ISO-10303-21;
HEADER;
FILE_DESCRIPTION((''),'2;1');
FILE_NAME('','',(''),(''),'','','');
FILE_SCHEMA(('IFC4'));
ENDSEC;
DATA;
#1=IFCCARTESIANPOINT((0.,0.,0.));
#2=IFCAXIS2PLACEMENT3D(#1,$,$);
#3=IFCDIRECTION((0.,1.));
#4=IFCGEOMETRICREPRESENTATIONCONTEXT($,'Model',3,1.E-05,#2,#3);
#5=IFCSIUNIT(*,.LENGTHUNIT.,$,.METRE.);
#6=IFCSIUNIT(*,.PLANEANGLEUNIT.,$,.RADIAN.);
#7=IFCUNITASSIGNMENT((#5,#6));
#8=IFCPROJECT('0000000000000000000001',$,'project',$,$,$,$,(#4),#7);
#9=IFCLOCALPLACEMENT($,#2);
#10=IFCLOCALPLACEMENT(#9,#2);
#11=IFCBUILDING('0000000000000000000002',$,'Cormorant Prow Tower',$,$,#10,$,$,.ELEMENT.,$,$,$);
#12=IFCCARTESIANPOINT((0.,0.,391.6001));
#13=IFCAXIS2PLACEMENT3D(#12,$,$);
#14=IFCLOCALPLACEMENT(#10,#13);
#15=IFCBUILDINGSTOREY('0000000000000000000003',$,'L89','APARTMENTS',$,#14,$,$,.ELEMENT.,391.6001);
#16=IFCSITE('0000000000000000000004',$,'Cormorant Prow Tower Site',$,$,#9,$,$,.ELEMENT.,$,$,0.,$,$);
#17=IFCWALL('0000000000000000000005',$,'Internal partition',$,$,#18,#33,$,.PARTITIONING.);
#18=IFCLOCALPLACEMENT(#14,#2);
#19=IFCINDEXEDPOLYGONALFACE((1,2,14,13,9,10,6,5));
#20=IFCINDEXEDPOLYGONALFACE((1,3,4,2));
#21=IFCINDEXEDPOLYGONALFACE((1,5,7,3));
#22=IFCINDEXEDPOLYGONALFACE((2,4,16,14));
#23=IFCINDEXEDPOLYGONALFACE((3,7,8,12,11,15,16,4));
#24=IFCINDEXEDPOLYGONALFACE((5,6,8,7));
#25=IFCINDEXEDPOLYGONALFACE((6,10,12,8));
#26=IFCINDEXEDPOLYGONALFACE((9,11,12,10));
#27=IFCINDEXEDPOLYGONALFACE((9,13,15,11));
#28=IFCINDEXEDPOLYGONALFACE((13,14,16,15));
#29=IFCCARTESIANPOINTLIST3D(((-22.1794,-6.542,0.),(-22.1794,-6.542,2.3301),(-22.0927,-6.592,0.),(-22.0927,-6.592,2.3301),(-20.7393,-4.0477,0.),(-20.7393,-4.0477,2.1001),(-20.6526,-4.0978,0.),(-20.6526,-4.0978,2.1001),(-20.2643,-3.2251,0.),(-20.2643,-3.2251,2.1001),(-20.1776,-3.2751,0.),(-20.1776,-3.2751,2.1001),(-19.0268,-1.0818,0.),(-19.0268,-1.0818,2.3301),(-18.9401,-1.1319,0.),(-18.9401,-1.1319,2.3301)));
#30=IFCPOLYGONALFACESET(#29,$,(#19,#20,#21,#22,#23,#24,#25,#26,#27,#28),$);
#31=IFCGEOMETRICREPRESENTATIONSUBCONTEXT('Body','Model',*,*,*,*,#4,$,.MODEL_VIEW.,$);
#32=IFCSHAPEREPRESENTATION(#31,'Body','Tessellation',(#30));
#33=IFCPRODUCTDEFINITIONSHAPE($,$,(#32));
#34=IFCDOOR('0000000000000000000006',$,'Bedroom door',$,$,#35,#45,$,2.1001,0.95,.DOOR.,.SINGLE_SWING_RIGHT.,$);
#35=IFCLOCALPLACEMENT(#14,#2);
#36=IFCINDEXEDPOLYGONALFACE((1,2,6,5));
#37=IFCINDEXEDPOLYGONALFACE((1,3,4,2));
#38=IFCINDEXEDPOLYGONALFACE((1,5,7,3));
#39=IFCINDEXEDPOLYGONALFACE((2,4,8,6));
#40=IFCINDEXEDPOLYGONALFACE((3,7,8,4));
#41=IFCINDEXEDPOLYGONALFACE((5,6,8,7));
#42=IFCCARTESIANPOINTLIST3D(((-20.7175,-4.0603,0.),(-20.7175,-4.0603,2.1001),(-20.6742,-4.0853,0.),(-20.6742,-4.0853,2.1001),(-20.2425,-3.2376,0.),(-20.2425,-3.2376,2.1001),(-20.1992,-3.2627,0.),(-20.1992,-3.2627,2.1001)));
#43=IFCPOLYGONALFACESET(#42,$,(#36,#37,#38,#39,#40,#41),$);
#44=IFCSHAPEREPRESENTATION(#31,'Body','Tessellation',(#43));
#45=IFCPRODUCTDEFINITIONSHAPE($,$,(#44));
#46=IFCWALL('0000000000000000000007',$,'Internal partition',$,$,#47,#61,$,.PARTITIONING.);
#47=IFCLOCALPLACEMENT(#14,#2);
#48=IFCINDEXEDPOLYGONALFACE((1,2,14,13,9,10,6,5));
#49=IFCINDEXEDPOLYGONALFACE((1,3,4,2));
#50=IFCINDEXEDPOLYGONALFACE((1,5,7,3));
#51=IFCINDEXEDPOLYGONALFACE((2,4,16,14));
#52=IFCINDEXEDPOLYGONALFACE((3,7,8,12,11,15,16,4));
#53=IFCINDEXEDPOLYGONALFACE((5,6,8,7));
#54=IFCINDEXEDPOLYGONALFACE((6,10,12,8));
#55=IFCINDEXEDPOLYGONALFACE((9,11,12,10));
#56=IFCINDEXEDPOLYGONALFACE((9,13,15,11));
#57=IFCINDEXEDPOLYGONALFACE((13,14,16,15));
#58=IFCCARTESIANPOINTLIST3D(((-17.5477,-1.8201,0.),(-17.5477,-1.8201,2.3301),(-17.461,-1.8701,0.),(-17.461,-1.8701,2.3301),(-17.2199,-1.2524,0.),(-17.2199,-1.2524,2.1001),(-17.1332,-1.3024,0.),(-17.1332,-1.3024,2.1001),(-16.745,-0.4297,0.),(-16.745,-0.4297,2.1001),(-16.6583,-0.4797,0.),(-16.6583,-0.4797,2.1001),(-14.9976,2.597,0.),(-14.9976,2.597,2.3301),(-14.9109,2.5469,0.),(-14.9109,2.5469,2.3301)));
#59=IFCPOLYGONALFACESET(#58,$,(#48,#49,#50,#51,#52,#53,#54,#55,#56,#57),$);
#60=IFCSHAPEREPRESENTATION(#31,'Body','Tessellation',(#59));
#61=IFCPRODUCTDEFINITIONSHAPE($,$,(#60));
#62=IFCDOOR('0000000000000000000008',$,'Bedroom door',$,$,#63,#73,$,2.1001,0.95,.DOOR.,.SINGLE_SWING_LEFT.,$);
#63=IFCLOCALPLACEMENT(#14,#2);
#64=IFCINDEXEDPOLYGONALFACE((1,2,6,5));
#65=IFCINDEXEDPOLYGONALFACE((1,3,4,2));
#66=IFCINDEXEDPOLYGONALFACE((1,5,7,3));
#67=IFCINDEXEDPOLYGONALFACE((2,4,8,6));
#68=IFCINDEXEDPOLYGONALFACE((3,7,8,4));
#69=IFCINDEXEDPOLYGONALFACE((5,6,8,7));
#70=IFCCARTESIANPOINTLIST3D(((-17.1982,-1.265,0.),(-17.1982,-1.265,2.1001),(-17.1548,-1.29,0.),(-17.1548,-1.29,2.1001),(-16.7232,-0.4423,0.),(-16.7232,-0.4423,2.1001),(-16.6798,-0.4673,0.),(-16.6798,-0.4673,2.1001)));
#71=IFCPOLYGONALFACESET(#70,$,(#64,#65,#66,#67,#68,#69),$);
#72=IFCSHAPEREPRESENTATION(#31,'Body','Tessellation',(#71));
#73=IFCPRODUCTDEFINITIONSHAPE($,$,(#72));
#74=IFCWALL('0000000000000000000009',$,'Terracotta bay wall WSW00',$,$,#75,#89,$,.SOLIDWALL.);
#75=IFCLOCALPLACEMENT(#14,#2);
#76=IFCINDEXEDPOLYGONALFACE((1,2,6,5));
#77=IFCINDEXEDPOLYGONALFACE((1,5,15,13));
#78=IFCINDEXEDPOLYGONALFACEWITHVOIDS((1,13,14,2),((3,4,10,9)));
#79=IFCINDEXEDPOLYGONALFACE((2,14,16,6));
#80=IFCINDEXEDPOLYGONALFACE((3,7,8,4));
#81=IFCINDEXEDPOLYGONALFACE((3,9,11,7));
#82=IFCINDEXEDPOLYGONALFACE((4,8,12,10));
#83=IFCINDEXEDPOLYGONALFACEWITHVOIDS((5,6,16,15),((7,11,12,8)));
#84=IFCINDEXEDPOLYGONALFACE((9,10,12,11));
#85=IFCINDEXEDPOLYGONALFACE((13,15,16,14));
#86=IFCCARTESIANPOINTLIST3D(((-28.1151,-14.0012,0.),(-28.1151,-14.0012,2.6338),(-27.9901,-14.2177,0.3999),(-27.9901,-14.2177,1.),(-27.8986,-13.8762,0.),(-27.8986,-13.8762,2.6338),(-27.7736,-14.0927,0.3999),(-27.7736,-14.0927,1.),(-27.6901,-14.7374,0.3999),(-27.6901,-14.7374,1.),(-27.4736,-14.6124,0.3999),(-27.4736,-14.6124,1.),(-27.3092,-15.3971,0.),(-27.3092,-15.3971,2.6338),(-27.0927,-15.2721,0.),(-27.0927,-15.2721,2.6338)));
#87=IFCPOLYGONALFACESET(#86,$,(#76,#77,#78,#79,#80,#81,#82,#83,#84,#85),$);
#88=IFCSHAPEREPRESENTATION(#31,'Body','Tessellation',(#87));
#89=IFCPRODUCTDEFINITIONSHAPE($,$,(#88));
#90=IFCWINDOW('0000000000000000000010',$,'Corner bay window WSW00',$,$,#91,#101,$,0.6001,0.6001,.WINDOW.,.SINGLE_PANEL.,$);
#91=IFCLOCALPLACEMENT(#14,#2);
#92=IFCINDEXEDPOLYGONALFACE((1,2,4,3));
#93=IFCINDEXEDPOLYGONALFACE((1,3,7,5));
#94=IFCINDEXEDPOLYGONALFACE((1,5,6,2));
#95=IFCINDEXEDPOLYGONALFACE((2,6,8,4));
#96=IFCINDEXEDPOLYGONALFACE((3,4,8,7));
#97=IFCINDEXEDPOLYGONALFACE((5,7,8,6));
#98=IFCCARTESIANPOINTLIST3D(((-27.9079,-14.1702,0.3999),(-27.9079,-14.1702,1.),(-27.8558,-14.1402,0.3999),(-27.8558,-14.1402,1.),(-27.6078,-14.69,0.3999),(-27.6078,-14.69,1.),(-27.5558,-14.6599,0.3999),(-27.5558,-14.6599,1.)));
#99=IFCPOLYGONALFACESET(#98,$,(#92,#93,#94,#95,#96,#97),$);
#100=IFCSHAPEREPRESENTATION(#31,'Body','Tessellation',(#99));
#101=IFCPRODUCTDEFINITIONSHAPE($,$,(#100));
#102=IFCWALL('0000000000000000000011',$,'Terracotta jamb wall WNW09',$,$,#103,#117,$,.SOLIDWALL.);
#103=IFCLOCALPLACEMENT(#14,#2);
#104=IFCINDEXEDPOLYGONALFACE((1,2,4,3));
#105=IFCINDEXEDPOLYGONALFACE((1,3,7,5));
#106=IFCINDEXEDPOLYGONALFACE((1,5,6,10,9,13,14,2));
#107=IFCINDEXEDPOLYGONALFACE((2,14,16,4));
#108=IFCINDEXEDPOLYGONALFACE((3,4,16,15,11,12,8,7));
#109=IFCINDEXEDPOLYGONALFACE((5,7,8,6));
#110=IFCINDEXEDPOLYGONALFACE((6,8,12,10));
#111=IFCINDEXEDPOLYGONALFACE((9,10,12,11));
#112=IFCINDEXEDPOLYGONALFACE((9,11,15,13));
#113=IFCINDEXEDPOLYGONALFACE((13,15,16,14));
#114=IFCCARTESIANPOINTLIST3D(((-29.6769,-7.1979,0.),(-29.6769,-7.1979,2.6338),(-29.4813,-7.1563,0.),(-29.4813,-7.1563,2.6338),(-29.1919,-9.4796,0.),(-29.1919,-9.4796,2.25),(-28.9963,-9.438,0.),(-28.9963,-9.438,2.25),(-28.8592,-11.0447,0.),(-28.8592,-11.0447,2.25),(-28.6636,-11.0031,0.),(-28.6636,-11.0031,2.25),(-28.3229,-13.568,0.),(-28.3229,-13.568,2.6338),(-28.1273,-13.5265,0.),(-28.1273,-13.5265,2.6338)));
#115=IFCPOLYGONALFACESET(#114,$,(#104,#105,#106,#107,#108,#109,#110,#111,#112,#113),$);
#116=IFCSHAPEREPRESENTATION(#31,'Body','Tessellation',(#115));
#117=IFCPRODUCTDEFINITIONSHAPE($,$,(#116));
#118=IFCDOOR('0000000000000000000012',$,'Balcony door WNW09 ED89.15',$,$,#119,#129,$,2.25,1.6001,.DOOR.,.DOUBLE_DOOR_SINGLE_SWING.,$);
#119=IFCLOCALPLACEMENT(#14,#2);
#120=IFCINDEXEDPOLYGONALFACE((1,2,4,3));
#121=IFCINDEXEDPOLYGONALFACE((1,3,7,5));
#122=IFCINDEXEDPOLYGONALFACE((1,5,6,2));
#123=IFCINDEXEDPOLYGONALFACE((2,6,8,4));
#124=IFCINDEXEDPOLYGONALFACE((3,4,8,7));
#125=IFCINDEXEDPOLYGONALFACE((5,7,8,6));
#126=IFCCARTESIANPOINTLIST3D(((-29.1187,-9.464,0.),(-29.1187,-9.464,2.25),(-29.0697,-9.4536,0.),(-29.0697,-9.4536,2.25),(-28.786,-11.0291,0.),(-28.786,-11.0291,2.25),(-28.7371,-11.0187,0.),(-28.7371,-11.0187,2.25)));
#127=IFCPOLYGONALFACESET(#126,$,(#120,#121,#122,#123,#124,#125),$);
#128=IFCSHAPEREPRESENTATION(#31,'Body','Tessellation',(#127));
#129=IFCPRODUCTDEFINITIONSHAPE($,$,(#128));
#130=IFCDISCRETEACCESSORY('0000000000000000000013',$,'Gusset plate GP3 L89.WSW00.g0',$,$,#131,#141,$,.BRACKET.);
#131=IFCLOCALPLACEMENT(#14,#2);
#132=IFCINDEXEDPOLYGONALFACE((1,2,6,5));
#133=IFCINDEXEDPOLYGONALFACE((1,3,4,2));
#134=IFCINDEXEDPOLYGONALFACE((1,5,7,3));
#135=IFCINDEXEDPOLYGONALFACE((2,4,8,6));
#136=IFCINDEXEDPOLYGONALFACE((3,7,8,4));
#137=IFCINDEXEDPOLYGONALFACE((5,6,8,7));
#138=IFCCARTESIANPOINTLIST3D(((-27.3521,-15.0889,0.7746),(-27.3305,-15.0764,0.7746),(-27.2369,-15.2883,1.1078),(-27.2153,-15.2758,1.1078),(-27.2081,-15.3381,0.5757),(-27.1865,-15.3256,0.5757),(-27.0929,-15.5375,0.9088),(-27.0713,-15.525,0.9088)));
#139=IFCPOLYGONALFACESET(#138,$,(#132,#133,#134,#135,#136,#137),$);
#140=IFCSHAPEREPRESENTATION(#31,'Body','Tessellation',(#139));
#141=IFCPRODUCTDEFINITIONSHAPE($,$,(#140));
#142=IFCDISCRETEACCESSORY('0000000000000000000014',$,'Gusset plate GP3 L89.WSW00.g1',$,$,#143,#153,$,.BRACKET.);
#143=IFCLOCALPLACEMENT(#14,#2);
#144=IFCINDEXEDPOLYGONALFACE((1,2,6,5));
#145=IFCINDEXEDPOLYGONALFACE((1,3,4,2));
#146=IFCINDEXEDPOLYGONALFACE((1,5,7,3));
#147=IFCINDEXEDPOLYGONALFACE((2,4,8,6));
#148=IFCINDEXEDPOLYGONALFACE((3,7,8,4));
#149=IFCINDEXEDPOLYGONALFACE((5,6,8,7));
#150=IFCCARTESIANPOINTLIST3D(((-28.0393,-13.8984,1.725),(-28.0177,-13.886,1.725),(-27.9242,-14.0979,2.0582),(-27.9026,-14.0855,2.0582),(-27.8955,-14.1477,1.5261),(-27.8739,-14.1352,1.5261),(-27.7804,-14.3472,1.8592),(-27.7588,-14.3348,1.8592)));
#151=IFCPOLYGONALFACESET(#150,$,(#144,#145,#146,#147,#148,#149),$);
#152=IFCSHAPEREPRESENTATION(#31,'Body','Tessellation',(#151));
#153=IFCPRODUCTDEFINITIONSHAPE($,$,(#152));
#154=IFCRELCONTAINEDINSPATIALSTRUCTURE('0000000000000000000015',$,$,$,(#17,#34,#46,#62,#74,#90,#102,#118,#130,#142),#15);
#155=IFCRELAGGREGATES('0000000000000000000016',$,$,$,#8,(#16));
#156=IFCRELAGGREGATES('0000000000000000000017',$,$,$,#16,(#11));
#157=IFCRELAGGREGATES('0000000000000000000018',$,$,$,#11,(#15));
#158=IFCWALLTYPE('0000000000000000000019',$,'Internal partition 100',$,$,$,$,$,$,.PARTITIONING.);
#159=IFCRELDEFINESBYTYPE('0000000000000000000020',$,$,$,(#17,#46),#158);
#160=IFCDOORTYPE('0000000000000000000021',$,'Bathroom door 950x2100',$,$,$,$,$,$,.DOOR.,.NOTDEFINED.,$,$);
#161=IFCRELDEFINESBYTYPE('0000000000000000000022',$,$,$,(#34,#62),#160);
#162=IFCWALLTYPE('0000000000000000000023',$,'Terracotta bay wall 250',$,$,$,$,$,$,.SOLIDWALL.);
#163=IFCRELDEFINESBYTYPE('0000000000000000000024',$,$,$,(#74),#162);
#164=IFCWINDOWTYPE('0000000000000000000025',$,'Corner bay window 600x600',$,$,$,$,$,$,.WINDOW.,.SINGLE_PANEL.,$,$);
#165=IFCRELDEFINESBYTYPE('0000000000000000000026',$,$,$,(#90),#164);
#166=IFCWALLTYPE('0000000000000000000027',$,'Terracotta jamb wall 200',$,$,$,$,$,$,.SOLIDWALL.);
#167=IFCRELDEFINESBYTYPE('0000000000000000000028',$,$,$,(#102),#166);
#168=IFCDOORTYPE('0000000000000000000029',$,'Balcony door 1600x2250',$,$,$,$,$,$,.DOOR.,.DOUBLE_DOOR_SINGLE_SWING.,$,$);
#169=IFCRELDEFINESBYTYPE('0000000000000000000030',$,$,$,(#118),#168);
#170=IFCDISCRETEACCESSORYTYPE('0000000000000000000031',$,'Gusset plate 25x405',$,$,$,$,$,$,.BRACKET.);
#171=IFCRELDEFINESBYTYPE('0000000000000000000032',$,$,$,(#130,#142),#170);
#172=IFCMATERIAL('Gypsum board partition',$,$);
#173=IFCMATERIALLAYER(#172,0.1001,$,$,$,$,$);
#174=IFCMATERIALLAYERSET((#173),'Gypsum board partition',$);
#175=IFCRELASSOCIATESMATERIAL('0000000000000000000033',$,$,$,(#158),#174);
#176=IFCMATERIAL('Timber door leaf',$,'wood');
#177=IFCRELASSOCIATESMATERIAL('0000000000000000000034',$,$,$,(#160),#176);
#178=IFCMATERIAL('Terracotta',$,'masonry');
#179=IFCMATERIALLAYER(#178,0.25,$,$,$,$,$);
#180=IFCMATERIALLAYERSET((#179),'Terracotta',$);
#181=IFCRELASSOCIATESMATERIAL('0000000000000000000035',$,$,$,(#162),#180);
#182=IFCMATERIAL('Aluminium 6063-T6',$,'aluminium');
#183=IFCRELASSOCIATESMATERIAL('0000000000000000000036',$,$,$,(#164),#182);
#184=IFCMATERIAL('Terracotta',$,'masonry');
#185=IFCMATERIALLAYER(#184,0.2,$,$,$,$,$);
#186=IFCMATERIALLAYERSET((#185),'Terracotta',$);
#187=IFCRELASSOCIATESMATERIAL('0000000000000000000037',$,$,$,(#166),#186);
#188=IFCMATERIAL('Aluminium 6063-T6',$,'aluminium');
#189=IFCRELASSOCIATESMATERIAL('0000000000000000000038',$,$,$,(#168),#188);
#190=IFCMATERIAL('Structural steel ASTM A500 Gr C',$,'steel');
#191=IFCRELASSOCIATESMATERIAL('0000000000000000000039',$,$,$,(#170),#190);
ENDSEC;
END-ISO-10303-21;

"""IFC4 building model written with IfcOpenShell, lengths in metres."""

from ifc_helpers import new_model, si_unit, direction, frame, frame_2d, origin, origin_2d, place, context, subcontext, project, spatial, rectangle, extrude, material, layer, layer_set, material_profile, profile_set, type_object, element, fill, save


model = new_model("IFC4")

# Units and contexts
model_context = context("Model", 3, precision=1e-05, world=origin(), true_north=direction((0.0, 1.0)))
body_context = subcontext(model_context, "Body", "Model", "MODEL_VIEW")
ifc_project = project(units=[si_unit("LENGTHUNIT", "METRE"), si_unit("PLANEANGLEUNIT", "RADIAN")], contexts=[model_context])

# Site, building, storey
site_placement = place(None, origin())
site = spatial("IfcSite", under=ifc_project, at=site_placement, Name="Cormorant Prow Tower Site", CompositionType="ELEMENT", RefElevation=0.0)
building_placement = place(site_placement, origin())
building = spatial("IfcBuilding", under=site, at=building_placement, Name="Cormorant Prow Tower", CompositionType="ELEMENT")
storey_placement = place(building_placement, frame((0.0, 0.0, 391.6001)))
storey = spatial("IfcBuildingStorey", under=building, at=storey_placement, Name="L89", Description="APARTMENTS", CompositionType="ELEMENT", Elevation=391.6001)

# Walls, openings, doors
ifc_material_1 = material(Name="Gypsum board partition")
ifc_layer_1 = layer(ifc_material_1, 0.1001)
ifc_layer_set_1 = layer_set([ifc_layer_1], Name="Gypsum board partition")
wall_type_1 = type_object("IfcWallType", Name="Internal partition 100", PredefinedType="PARTITIONING", material=ifc_layer_set_1)
wall_1_placement = place(storey_placement, frame((-22.136, -6.5669, 0.0), z_axis=(0.0, 0.0, 1.0), x_axis=(0.500016, 0.866016, 0.0)))
wall_1 = element("IfcWall", 1, at=wall_1_placement, inside=storey, type_object=wall_type_1, Name="Internal partition", PredefinedType="PARTITIONING", context=body_context, shape_type="SweptSolid", body=[
    extrude(rectangle(XDim=6.3049, YDim=0.1001, at=frame_2d((3.1523, 0.0))), origin(), (0.0, 0.0, 1.0), 2.3301),
])
opening_1_placement = place(wall_1_placement, frame((2.8799, 0.0, 0.0)))
opening_1 = element("IfcOpeningElement", 2, at=opening_1_placement, cuts=wall_1, PredefinedType="OPENING", context=body_context, shape_type="SweptSolid", body=[
    extrude(rectangle(XDim=0.95, YDim=2.1001, at=frame_2d((0.4751, 1.05))), frame((0.0, 0.0601, 0.0), z_axis=(0.0, -1.0, 0.0), x_axis=(1.0, 0.0, 0.0)), (0.0, 0.0, 1.0), 0.1201),
])
ifc_material_2 = material(Name="Timber door leaf", Category="wood")
door_type_1 = type_object("IfcDoorType", Name="Bathroom door 950x2100", OperationType="NOTDEFINED", PredefinedType="DOOR", material=ifc_material_2)
door_1_placement = place(opening_1_placement, origin())
door_1 = element("IfcDoor", 3, at=door_1_placement, inside=storey, type_object=door_type_1, Name="Bedroom door", OperationType="SINGLE_SWING_RIGHT", OverallHeight=2.1001, OverallWidth=0.95, PredefinedType="DOOR", context=body_context, shape_type="SweptSolid", body=[
    extrude(rectangle(XDim=0.95, YDim=2.1001, at=frame_2d((0.4751, 1.05))), frame((0.0, 0.0249, 0.0), z_axis=(0.0, -1.0, 0.0), x_axis=(1.0, 0.0, 0.0)), (0.0, 0.0, 1.0), 0.05),
])
fill(opening_1, door_1)
wall_2_placement = place(storey_placement, frame((-17.5044, -1.8452, 0.0), z_axis=(0.0, 0.0, 1.0), x_axis=(0.499985, 0.866034, 0.0)))
wall_2 = element("IfcWall", 4, at=wall_2_placement, inside=storey, type_object=wall_type_1, Name="Internal partition", PredefinedType="PARTITIONING", context=body_context, shape_type="SweptSolid", body=[
    extrude(rectangle(XDim=5.1003, YDim=0.1001, at=frame_2d((2.5503, 0.0))), origin(), (0.0, 0.0, 1.0), 2.3301),
])
opening_2_placement = place(wall_2_placement, frame((0.6555, 0.0, 0.0)))
opening_2 = element("IfcOpeningElement", 5, at=opening_2_placement, cuts=wall_2, PredefinedType="OPENING", context=body_context, shape_type="SweptSolid", body=[
    extrude(rectangle(XDim=0.95, YDim=2.1001, at=frame_2d((0.4751, 1.05))), frame((0.0, 0.0601, 0.0), z_axis=(0.0, -1.0, 0.0), x_axis=(1.0, 0.0, 0.0)), (0.0, 0.0, 1.0), 0.1201),
])
door_2_placement = place(opening_2_placement, origin())
door_2 = element("IfcDoor", 6, at=door_2_placement, inside=storey, type_object=door_type_1, Name="Bedroom door", OperationType="SINGLE_SWING_LEFT", OverallHeight=2.1001, OverallWidth=0.95, PredefinedType="DOOR", context=body_context, shape_type="SweptSolid", body=[
    extrude(rectangle(XDim=0.95, YDim=2.1001, at=frame_2d((0.4751, 1.05))), frame((0.0, 0.0249, 0.0), z_axis=(0.0, -1.0, 0.0), x_axis=(1.0, 0.0, 0.0)), (0.0, 0.0, 1.0), 0.05),
])
fill(opening_2, door_2)

# Wall, opening, window
ifc_material_3 = material(Name="Terracotta", Category="masonry")
ifc_layer_2 = layer(ifc_material_3, 0.25)
ifc_layer_set_2 = layer_set([ifc_layer_2], Name="Terracotta")
wall_type_2 = type_object("IfcWallType", Name="Terracotta bay wall 250", PredefinedType="SOLIDWALL", material=ifc_layer_set_2)
wall_3_placement = place(storey_placement, frame((-28.0068, -13.9387, 0.0), z_axis=(0.0, 0.0, 1.0), x_axis=(0.499967, -0.866044, 0.0)))
wall_3 = element("IfcWall", 7, at=wall_3_placement, inside=storey, type_object=wall_type_2, Name="Terracotta bay wall WSW00", PredefinedType="SOLIDWALL", context=body_context, shape_type="SweptSolid", body=[
    extrude(rectangle(XDim=1.6118, YDim=0.25, at=frame_2d((0.8059, 0.0))), origin(), (0.0, 0.0, 1.0), 2.6338),
])
opening_3_placement = place(wall_3_placement, frame((0.25, 0.0, 0.3999)))
opening_3 = element("IfcOpeningElement", 8, at=opening_3_placement, cuts=wall_3, PredefinedType="OPENING", context=body_context, shape_type="SweptSolid", body=[
    extrude(rectangle(XDim=0.6001, YDim=0.6001, at=frame_2d((0.3, 0.3))), frame((0.0, 0.135, 0.0), z_axis=(0.0, -1.0, 0.0), x_axis=(1.0, 0.0, 0.0)), (0.0, 0.0, 1.0), 0.27),
])
ifc_material_4 = material(Name="Aluminium 6063-T6", Category="aluminium")
window_type = type_object("IfcWindowType", Name="Corner bay window 600x600", PartitioningType="SINGLE_PANEL", PredefinedType="WINDOW", material=ifc_material_4)
window_placement = place(opening_3_placement, origin())
window = element("IfcWindow", 9, at=window_placement, inside=storey, type_object=window_type, Name="Corner bay window WSW00", OverallHeight=0.6001, OverallWidth=0.6001, PartitioningType="SINGLE_PANEL", PredefinedType="WINDOW", context=body_context, shape_type="SweptSolid", body=[
    extrude(rectangle(XDim=0.6001, YDim=0.6001, at=frame_2d((0.3, 0.3))), frame((0.0, 0.03, 0.0), z_axis=(0.0, -1.0, 0.0), x_axis=(1.0, 0.0, 0.0)), (0.0, 0.0, 1.0), 0.0601),
])
fill(opening_3, window)

# Wall, opening, door
ifc_material_5 = material(Name="Terracotta", Category="masonry")
ifc_layer_3 = layer(ifc_material_5, 0.2)
ifc_layer_set_3 = layer_set([ifc_layer_3], Name="Terracotta")
wall_type_3 = type_object("IfcWallType", Name="Terracotta jamb wall 200", PredefinedType="SOLIDWALL", material=ifc_layer_set_3)
wall_4_placement = place(storey_placement, frame((-29.5791, -7.177, 0.0), z_axis=(0.0, 0.0, 1.0), x_axis=(0.207911, -0.978148, 0.0)))
wall_4 = element("IfcWall", 10, at=wall_4_placement, inside=storey, type_object=wall_type_3, Name="Terracotta jamb wall WNW09", PredefinedType="SOLIDWALL", context=body_context, shape_type="SweptSolid", body=[
    extrude(rectangle(XDim=6.5125, YDim=0.2, at=frame_2d((3.2563, 0.0))), origin(), (0.0, 0.0, 1.0), 2.6338),
])
opening_4_placement = place(wall_4_placement, frame((2.3328, 0.0, 0.0)))
opening_4 = element("IfcOpeningElement", 11, at=opening_4_placement, cuts=wall_4, PredefinedType="OPENING", context=body_context, shape_type="SweptSolid", body=[
    extrude(rectangle(XDim=1.6001, YDim=2.25, at=frame_2d((0.8, 1.125))), frame((0.0, 0.1099, 0.0), z_axis=(0.0, -1.0, 0.0), x_axis=(1.0, 0.0, 0.0)), (0.0, 0.0, 1.0), 0.22),
])
ifc_material_6 = material(Name="Aluminium 6063-T6", Category="aluminium")
door_type_2 = type_object("IfcDoorType", Name="Balcony door 1600x2250", OperationType="DOUBLE_DOOR_SINGLE_SWING", PredefinedType="DOOR", material=ifc_material_6)
door_3_placement = place(opening_4_placement, origin())
door_3 = element("IfcDoor", 12, at=door_3_placement, inside=storey, type_object=door_type_2, Name="Balcony door WNW09 ED89.15", OperationType="DOUBLE_DOOR_SINGLE_SWING", OverallHeight=2.25, OverallWidth=1.6001, PredefinedType="DOOR", context=body_context, shape_type="SweptSolid", body=[
    extrude(rectangle(XDim=1.6001, YDim=2.25, at=frame_2d((0.8, 1.125))), frame((0.0, 0.0249, 0.0), z_axis=(0.0, -1.0, 0.0), x_axis=(1.0, 0.0, 0.0)), (0.0, 0.0, 1.0), 0.05),
])
fill(opening_4, door_3)

# Discrete accessories
ifc_material_7 = material(Name="Structural steel ASTM A500 Gr C", Category="steel")
ifc_material_profile_1 = material_profile(ifc_material_7, rectangle(XDim=0.0249, YDim=0.405, at=origin_2d()), Name="Gusset plate 25x405")
ifc_profile_set_1 = profile_set([ifc_material_profile_1], Name="Structural steel ASTM A500 Gr C")
discrete_accessory_type = type_object("IfcDiscreteAccessoryType", Name="Gusset plate 25x405", PredefinedType="BRACKET", material=ifc_profile_set_1)
for number, where, z_axis, x_axis, name in (
    (13, (-27.2837, -15.1824, 0.9412), (0.411596, -0.71227, -0.56856), (0.865832, 0.500334, 0.0), "Gusset plate GP3 L89.WSW00.g0"),
    (14, (-27.8271, -14.2412, 1.6926), (-0.411016, 0.712474, 0.568723), (-0.8662, -0.499698, 0.0), "Gusset plate GP3 L89.WSW00.g1"),
):
    element("IfcDiscreteAccessory", number, at=place(storey_placement, frame(where, z_axis=z_axis, x_axis=x_axis)), inside=storey, type_object=discrete_accessory_type, Name=name, PredefinedType="BRACKET", context=body_context, shape_type="SweptSolid", body=[
        extrude(rectangle(XDim=0.0249, YDim=0.405, at=origin_2d()), origin(), (0.0, 0.0, 1.0), 0.3499),
    ])

save(model, "model.ifc")
